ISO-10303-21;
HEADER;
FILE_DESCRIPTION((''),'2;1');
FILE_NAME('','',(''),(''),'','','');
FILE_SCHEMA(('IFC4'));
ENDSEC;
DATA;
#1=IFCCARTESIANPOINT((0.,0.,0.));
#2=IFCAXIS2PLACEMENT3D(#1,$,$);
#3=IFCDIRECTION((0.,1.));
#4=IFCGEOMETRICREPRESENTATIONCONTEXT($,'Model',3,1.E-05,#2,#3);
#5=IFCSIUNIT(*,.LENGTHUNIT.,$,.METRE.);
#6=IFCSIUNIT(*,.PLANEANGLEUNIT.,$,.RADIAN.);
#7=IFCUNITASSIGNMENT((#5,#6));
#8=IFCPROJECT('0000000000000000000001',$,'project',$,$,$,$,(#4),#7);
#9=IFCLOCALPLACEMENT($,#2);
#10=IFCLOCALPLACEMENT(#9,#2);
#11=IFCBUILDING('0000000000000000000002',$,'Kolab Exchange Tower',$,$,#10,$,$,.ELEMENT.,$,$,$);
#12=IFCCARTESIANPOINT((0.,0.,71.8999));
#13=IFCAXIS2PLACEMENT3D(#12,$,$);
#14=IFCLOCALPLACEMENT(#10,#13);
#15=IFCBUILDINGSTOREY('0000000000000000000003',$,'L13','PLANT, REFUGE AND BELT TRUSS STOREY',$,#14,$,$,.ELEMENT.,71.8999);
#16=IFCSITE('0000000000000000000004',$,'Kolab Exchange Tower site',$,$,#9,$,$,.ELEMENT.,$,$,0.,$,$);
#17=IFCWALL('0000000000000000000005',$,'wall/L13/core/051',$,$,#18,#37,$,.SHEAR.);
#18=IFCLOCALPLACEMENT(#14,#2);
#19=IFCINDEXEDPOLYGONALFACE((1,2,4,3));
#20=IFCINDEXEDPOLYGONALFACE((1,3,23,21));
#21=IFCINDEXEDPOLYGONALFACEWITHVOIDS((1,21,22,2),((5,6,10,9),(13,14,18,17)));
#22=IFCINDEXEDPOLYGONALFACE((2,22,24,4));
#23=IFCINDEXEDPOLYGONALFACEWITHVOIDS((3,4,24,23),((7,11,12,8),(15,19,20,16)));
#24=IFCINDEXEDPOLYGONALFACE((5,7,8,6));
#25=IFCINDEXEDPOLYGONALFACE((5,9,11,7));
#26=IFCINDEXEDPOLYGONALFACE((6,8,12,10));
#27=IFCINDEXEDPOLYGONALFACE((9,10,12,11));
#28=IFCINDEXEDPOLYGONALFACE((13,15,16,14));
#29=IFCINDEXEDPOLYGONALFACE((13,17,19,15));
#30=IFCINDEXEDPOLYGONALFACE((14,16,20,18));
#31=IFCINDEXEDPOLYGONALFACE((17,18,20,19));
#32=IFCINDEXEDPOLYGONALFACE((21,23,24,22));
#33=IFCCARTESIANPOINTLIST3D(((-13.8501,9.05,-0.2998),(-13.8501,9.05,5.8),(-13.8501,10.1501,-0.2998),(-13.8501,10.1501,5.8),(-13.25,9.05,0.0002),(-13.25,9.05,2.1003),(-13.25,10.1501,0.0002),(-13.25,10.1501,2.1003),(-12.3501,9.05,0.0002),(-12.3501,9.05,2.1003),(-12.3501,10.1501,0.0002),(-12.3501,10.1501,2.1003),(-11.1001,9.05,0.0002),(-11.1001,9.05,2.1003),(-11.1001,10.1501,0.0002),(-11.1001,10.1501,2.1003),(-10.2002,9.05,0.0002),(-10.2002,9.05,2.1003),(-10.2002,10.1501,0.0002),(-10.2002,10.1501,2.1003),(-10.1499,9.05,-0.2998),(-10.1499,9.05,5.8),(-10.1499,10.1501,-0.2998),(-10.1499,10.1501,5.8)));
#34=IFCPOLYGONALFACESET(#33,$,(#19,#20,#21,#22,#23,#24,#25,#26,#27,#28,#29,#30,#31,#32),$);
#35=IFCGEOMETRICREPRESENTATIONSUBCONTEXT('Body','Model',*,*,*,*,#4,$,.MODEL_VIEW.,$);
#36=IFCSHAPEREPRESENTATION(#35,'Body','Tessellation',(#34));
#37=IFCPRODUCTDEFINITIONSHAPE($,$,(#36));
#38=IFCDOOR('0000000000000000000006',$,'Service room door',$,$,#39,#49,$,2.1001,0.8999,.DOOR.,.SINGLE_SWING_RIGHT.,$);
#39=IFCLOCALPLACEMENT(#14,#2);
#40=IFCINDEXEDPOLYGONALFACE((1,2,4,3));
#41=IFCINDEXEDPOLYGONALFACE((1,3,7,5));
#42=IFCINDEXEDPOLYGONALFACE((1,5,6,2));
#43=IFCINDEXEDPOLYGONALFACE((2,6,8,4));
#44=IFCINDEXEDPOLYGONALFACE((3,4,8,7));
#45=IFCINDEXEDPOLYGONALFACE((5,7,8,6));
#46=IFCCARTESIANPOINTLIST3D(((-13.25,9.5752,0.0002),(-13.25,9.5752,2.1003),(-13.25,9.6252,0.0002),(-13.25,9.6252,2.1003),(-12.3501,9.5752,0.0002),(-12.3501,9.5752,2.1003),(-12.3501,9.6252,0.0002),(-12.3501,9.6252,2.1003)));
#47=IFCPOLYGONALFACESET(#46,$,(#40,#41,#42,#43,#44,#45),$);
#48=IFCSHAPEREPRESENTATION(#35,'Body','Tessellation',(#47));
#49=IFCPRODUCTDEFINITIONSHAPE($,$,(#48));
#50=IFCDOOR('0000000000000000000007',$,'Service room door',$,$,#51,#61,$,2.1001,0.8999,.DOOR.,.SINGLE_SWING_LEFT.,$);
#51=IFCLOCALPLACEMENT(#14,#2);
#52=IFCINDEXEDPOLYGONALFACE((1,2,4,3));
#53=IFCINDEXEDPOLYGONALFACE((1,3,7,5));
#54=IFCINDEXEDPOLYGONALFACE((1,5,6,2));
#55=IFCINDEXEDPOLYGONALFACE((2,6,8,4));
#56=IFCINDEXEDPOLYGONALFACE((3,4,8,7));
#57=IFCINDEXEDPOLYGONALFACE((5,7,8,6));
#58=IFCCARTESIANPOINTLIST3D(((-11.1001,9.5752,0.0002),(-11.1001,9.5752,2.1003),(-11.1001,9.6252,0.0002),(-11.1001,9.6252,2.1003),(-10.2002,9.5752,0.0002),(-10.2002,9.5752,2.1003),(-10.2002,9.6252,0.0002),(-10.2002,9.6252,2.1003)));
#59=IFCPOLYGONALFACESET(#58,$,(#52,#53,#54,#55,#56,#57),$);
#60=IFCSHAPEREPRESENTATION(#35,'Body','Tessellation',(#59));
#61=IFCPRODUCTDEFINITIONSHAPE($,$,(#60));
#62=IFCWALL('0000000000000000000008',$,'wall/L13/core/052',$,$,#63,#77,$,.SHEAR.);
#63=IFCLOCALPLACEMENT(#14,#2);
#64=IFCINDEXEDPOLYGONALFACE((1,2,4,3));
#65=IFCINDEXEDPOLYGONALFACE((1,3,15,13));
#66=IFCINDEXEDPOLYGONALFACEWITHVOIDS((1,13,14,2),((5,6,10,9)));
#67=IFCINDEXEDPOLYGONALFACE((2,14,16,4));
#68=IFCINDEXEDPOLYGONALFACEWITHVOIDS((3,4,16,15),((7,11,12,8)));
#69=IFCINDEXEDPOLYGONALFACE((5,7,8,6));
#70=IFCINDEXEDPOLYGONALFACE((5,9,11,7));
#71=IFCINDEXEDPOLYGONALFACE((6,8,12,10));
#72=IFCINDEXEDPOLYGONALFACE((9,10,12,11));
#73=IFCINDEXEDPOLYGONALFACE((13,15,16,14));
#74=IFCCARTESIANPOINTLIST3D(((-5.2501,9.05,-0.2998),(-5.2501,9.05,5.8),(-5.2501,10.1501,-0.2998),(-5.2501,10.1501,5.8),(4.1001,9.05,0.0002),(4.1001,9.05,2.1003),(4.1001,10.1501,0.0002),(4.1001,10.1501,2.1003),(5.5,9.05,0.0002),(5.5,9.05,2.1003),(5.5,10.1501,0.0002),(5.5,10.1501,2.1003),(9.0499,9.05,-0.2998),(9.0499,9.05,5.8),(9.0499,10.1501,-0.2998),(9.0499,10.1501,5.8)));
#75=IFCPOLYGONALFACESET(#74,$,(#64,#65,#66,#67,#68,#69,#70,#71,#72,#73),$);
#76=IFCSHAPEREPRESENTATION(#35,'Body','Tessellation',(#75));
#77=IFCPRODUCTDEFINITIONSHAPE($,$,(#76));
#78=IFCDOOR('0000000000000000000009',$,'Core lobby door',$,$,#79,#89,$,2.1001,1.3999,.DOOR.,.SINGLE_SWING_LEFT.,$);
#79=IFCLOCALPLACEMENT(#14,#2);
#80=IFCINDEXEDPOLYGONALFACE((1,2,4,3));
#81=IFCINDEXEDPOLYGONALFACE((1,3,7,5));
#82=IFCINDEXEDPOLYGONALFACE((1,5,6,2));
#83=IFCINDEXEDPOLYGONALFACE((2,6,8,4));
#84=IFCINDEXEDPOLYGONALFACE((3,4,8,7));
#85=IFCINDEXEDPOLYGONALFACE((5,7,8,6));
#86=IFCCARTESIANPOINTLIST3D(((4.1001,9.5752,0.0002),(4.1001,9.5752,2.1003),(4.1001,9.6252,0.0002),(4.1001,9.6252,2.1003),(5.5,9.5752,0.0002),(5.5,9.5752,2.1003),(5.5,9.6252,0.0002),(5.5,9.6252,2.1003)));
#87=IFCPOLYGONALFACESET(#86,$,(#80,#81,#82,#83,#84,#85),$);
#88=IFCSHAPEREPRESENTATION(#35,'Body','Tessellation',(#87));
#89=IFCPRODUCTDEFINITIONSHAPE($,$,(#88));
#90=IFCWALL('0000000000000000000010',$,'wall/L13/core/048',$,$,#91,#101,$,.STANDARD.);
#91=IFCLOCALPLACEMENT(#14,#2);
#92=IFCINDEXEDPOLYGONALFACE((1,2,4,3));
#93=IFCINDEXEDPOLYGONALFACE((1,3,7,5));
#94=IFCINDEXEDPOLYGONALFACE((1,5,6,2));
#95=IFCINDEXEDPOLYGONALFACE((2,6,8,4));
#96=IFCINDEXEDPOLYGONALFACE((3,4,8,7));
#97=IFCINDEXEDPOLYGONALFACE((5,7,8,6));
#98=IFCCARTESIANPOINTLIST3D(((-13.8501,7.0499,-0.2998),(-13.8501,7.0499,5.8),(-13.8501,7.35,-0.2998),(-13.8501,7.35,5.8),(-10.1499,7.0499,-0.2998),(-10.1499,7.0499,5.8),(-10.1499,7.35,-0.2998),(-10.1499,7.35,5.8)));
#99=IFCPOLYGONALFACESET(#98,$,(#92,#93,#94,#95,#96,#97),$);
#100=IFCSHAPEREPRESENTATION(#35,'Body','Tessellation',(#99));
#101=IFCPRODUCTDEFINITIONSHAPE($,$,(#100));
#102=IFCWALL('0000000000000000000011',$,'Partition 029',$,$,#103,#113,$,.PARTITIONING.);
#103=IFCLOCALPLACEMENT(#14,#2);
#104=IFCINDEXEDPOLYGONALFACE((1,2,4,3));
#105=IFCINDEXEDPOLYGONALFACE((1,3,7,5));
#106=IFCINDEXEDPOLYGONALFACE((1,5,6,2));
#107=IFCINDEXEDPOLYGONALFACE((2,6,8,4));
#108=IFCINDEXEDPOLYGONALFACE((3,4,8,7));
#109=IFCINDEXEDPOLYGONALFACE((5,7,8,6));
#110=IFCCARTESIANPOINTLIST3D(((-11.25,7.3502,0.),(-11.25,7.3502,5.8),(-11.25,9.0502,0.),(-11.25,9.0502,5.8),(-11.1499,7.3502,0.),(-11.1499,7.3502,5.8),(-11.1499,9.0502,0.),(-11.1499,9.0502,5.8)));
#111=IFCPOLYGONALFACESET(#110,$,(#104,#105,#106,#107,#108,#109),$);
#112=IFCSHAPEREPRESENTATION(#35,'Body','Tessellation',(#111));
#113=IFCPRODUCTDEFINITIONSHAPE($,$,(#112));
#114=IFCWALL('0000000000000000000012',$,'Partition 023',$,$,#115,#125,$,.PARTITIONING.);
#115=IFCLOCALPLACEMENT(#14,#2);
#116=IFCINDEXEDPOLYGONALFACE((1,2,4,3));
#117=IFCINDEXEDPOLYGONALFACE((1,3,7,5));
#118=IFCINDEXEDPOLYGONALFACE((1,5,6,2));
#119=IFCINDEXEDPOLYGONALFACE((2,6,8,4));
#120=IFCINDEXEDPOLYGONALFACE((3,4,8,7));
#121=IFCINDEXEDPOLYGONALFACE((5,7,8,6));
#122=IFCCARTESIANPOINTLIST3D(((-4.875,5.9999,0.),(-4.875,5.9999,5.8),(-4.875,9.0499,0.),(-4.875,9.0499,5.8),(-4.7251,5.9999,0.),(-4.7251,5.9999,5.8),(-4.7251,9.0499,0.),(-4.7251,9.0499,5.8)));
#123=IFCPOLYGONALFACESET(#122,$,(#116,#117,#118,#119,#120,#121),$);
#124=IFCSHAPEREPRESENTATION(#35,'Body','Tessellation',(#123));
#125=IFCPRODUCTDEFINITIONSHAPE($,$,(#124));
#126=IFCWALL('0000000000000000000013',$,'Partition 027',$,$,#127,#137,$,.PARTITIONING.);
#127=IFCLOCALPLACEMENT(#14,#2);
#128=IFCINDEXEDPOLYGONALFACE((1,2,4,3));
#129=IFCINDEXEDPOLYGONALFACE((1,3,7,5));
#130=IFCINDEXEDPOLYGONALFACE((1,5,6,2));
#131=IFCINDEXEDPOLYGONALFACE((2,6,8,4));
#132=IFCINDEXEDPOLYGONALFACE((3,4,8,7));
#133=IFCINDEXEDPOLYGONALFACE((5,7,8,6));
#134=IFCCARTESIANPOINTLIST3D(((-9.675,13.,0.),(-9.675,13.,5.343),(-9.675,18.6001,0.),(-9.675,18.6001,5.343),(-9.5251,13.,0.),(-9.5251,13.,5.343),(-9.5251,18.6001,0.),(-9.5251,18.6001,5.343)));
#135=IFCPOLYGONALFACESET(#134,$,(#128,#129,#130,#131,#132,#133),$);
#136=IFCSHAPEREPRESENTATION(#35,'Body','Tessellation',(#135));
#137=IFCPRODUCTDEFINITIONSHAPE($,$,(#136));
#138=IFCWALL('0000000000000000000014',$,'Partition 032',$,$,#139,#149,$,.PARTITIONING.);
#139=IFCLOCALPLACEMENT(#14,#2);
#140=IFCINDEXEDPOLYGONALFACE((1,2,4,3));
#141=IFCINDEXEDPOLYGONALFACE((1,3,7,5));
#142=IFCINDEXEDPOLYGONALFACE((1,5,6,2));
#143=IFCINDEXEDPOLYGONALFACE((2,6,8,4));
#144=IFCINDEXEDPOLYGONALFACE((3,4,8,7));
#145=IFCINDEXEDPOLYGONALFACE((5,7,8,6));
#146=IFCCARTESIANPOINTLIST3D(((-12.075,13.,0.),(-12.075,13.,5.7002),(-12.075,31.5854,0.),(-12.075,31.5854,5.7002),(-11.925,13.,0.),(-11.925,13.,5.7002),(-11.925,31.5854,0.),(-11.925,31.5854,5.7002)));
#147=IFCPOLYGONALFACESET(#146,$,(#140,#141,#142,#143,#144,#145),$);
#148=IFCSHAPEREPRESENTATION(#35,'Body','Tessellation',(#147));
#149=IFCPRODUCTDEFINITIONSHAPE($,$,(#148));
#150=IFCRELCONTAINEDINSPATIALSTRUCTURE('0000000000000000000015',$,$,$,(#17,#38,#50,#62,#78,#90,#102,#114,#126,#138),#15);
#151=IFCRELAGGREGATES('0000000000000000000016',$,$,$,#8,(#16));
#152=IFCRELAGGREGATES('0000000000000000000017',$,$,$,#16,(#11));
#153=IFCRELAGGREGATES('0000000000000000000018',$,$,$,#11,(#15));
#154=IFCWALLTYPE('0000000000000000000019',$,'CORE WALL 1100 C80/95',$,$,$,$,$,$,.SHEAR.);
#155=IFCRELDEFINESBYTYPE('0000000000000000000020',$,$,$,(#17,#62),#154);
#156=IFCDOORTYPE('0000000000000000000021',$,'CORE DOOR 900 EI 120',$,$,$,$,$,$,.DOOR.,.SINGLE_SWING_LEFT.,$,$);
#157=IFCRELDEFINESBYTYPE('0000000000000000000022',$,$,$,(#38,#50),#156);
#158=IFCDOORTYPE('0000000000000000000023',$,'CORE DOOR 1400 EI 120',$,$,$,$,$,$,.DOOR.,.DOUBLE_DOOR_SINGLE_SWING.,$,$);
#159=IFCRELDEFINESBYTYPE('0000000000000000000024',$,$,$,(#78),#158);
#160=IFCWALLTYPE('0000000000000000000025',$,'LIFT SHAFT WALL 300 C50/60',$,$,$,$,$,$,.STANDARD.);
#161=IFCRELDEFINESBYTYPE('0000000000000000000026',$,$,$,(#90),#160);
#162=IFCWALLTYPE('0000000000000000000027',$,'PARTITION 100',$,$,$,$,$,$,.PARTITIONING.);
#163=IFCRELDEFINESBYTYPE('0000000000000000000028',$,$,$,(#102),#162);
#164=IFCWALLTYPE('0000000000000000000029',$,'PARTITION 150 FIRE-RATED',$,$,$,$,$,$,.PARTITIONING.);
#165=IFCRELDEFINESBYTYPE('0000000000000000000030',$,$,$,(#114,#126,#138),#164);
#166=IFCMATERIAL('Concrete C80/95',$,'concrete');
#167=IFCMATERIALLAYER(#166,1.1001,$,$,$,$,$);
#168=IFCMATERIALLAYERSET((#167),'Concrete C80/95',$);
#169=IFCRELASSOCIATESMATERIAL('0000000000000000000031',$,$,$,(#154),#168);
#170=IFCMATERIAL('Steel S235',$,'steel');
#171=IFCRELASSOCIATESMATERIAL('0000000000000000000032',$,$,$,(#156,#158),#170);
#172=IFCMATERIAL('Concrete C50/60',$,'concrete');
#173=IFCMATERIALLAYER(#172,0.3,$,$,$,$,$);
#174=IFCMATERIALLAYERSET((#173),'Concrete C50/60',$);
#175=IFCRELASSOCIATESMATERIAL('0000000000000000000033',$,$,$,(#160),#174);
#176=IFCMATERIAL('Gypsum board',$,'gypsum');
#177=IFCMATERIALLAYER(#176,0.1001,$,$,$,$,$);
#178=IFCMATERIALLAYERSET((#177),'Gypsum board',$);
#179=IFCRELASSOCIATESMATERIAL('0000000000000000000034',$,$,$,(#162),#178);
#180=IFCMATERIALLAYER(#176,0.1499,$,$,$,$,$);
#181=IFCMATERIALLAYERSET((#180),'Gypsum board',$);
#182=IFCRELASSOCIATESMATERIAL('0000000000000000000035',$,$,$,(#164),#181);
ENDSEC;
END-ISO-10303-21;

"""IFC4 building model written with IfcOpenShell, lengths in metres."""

from ifc_helpers import new_model, si_unit, direction, frame, frame_2d, origin, place, context, subcontext, project, spatial, rectangle, extrude, material, layer, layer_set, type_object, element, fill, save


model = new_model("IFC4")

# Units and contexts
model_context = context("Model", 3, precision=1e-05, world=origin(), true_north=direction((0.0, 1.0)))
body_context = subcontext(model_context, "Body", "Model", "MODEL_VIEW")
ifc_project = project(units=[si_unit("LENGTHUNIT", "METRE"), si_unit("PLANEANGLEUNIT", "RADIAN")], contexts=[model_context])

# Site, building, storey
site_placement = place(None, origin())
site = spatial("IfcSite", under=ifc_project, at=site_placement, Name="Kolab Exchange Tower site", CompositionType="ELEMENT", RefElevation=0.0)
building_placement = place(site_placement, origin())
building = spatial("IfcBuilding", under=site, at=building_placement, Name="Kolab Exchange Tower", CompositionType="ELEMENT")
storey_placement = place(building_placement, frame((0.0, 0.0, 71.8999)))
storey = spatial("IfcBuildingStorey", under=building, at=storey_placement, Name="L13", Description="PLANT, REFUGE AND BELT TRUSS STOREY", CompositionType="ELEMENT", Elevation=71.8999)

# Shared definitions
ifc_material_1 = material(Name="Concrete C80/95", Category="concrete")

# Wall, openings, doors
ifc_layer_1 = layer(ifc_material_1, 1.1001)
ifc_layer_set_1 = layer_set([ifc_layer_1], Name="Concrete C80/95")
wall_type_1 = type_object("IfcWallType", Name="CORE WALL 1100 C80/95", PredefinedType="SHEAR", material=ifc_layer_set_1)
wall_1_placement = place(storey_placement, frame((-13.8501, 9.6001, -0.2998), z_axis=(0.0, 0.0, 1.0), x_axis=(1.0, 0.0, 0.0)))
wall_1 = element("IfcWall", 1, at=wall_1_placement, inside=storey, type_object=wall_type_1, Name="wall/L13/core/051", PredefinedType="SHEAR", context=body_context, shape_type="SweptSolid", body=[
    extrude(rectangle(XDim=3.7002, YDim=1.1001, at=frame_2d((1.8501, 0.0))), origin(), (0.0, 0.0, 1.0), 6.0999),
])
opening_1_placement = place(wall_1_placement, frame((0.6001, 0.0, 0.3)))
opening_1 = element("IfcOpeningElement", 2, at=opening_1_placement, cuts=wall_1, PredefinedType="OPENING", context=body_context, shape_type="SweptSolid", body=[
    extrude(rectangle(XDim=0.8999, YDim=2.1001, at=frame_2d((0.45, 1.05))), frame((0.0, 0.5601, 0.0), z_axis=(0.0, -1.0, 0.0), x_axis=(1.0, 0.0, 0.0)), (0.0, 0.0, 1.0), 1.1201),
])
opening_2_placement = place(wall_1_placement, frame((2.75, 0.0, 0.3)))
opening_2 = element("IfcOpeningElement", 3, at=opening_2_placement, cuts=wall_1, PredefinedType="OPENING", context=body_context, shape_type="SweptSolid", body=[
    extrude(rectangle(XDim=0.8999, YDim=2.1001, at=frame_2d((0.45, 1.05))), frame((0.0, 0.5601, 0.0), z_axis=(0.0, -1.0, 0.0), x_axis=(1.0, 0.0, 0.0)), (0.0, 0.0, 1.0), 1.1201),
])
ifc_material_2 = material(Name="Steel S235", Category="steel")
door_type_1 = type_object("IfcDoorType", Name="CORE DOOR 900 EI 120", OperationType="SINGLE_SWING_LEFT", PredefinedType="DOOR", material=ifc_material_2)
door_1_placement = place(opening_1_placement, frame((0.8999, 0.0, 0.0), z_axis=(0.0, 0.0, 1.0), x_axis=(-1.0, 0.0, 0.0)))
door_1 = element("IfcDoor", 4, at=door_1_placement, inside=storey, type_object=door_type_1, Name="Service room door", OperationType="SINGLE_SWING_RIGHT", OverallHeight=2.1001, OverallWidth=0.8999, PredefinedType="DOOR", context=body_context, shape_type="SweptSolid", body=[
    extrude(rectangle(XDim=0.8999, YDim=2.1001, at=frame_2d((0.45, 1.05))), frame((0.0, 0.0249, 0.0), z_axis=(0.0, -1.0, 0.0), x_axis=(1.0, 0.0, 0.0)), (0.0, 0.0, 1.0), 0.05),
])
fill(opening_1, door_1)
door_2_placement = place(opening_2_placement, frame((0.8999, 0.0, 0.0), z_axis=(0.0, 0.0, 1.0), x_axis=(-1.0, 0.0, 0.0)))
door_2 = element("IfcDoor", 5, at=door_2_placement, inside=storey, type_object=door_type_1, Name="Service room door", OperationType="SINGLE_SWING_LEFT", OverallHeight=2.1001, OverallWidth=0.8999, PredefinedType="DOOR", context=body_context, shape_type="SweptSolid", body=[
    extrude(rectangle(XDim=0.8999, YDim=2.1001, at=frame_2d((0.45, 1.05))), frame((0.0, 0.0249, 0.0), z_axis=(0.0, -1.0, 0.0), x_axis=(1.0, 0.0, 0.0)), (0.0, 0.0, 1.0), 0.05),
])
fill(opening_2, door_2)

# Wall, opening, door
wall_2_placement = place(storey_placement, frame((-5.25, 9.6001, -0.2998), z_axis=(0.0, 0.0, 1.0), x_axis=(1.0, 0.0, 0.0)))
wall_2 = element("IfcWall", 6, at=wall_2_placement, inside=storey, type_object=wall_type_1, Name="wall/L13/core/052", PredefinedType="SHEAR", context=body_context, shape_type="SweptSolid", body=[
    extrude(rectangle(XDim=14.3, YDim=1.1001, at=frame_2d((7.1499, 0.0))), origin(), (0.0, 0.0, 1.0), 6.0999),
])
opening_3_placement = place(wall_2_placement, frame((9.3501, 0.0, 0.3)))
opening_3 = element("IfcOpeningElement", 7, at=opening_3_placement, cuts=wall_2, PredefinedType="OPENING", context=body_context, shape_type="SweptSolid", body=[
    extrude(rectangle(XDim=1.3999, YDim=2.1001, at=frame_2d((0.7, 1.05))), frame((0.0, 0.5601, 0.0), z_axis=(0.0, -1.0, 0.0), x_axis=(1.0, 0.0, 0.0)), (0.0, 0.0, 1.0), 1.1201),
])
door_type_2 = type_object("IfcDoorType", Name="CORE DOOR 1400 EI 120", OperationType="DOUBLE_DOOR_SINGLE_SWING", PredefinedType="DOOR", material=ifc_material_2)
door_3_placement = place(opening_3_placement, frame((1.3999, 0.0, 0.0), z_axis=(0.0, 0.0, 1.0), x_axis=(-1.0, 0.0, 0.0)))
door_3 = element("IfcDoor", 8, at=door_3_placement, inside=storey, type_object=door_type_2, Name="Core lobby door", OperationType="SINGLE_SWING_LEFT", OverallHeight=2.1001, OverallWidth=1.3999, PredefinedType="DOOR", context=body_context, shape_type="SweptSolid", body=[
    extrude(rectangle(XDim=1.3999, YDim=2.1001, at=frame_2d((0.7, 1.05))), frame((0.0, 0.0249, 0.0), z_axis=(0.0, -1.0, 0.0), x_axis=(1.0, 0.0, 0.0)), (0.0, 0.0, 1.0), 0.05),
])
fill(opening_3, door_3)

# Walls
ifc_material_3 = material(Name="Concrete C50/60", Category="concrete")
ifc_layer_2 = layer(ifc_material_3, 0.3)
ifc_layer_set_2 = layer_set([ifc_layer_2], Name="Concrete C50/60")
wall_type_2 = type_object("IfcWallType", Name="LIFT SHAFT WALL 300 C50/60", PredefinedType="STANDARD", material=ifc_layer_set_2)
wall_3_placement = place(storey_placement, frame((-13.8501, 7.2, -0.2998), z_axis=(0.0, 0.0, 1.0), x_axis=(1.0, 0.0, 0.0)))
element("IfcWall", 9, at=wall_3_placement, inside=storey, type_object=wall_type_2, Name="wall/L13/core/048", PredefinedType="STANDARD", context=body_context, shape_type="SweptSolid", body=[
    extrude(rectangle(XDim=3.7002, YDim=0.3, at=frame_2d((1.8501, 0.0))), origin(), (0.0, 0.0, 1.0), 6.0999),
])
ifc_material_4 = material(Name="Gypsum board", Category="gypsum")
ifc_layer_3 = layer(ifc_material_4, 0.1001)
ifc_layer_set_3 = layer_set([ifc_layer_3], Name="Gypsum board")
wall_type_3 = type_object("IfcWallType", Name="PARTITION 100", PredefinedType="PARTITIONING", material=ifc_layer_set_3)
wall_4_placement = place(storey_placement, frame((-11.2, 7.3501, 0.0), z_axis=(0.0, 0.0, 1.0), x_axis=(0.0, 1.0, 0.0)))
element("IfcWall", 10, at=wall_4_placement, inside=storey, type_object=wall_type_3, Name="Partition 029", PredefinedType="PARTITIONING", context=body_context, shape_type="SweptSolid", body=[
    extrude(rectangle(XDim=1.7, YDim=0.1001, at=frame_2d((0.8501, 0.0))), origin(), (0.0, 0.0, 1.0), 5.8),
])
ifc_layer_4 = layer(ifc_material_4, 0.1499)
ifc_layer_set_4 = layer_set([ifc_layer_4], Name="Gypsum board")
wall_type_4 = type_object("IfcWallType", Name="PARTITION 150 FIRE-RATED", PredefinedType="PARTITIONING", material=ifc_layer_set_4)
wall_5_placement = place(storey_placement, frame((-4.8, 6.0, 0.0), z_axis=(0.0, 0.0, 1.0), x_axis=(0.0, 1.0, 0.0)))
element("IfcWall", 11, at=wall_5_placement, inside=storey, type_object=wall_type_4, Name="Partition 023", PredefinedType="PARTITIONING", context=body_context, shape_type="SweptSolid", body=[
    extrude(rectangle(XDim=3.05, YDim=0.1499, at=frame_2d((1.5249, 0.0))), origin(), (0.0, 0.0, 1.0), 5.8),
])
wall_6_placement = place(storey_placement, frame((-9.6001, 13.0, 0.0), z_axis=(0.0, 0.0, 1.0), x_axis=(0.0, 1.0, 0.0)))
element("IfcWall", 12, at=wall_6_placement, inside=storey, type_object=wall_type_4, Name="Partition 027", PredefinedType="PARTITIONING", context=body_context, shape_type="SweptSolid", body=[
    extrude(rectangle(XDim=5.6001, YDim=0.1499, at=frame_2d((2.8, 0.0))), origin(), (0.0, 0.0, 1.0), 5.343),
])
wall_7_placement = place(storey_placement, frame((-12.0, 13.0, 0.0), z_axis=(0.0, 0.0, 1.0), x_axis=(0.0, 1.0, 0.0)))
element("IfcWall", 13, at=wall_7_placement, inside=storey, type_object=wall_type_4, Name="Partition 032", PredefinedType="PARTITIONING", context=body_context, shape_type="SweptSolid", body=[
    extrude(rectangle(XDim=18.5854, YDim=0.1499, at=frame_2d((9.2927, 0.0))), origin(), (0.0, 0.0, 1.0), 5.7002),
])

save(model, "model.ifc")
